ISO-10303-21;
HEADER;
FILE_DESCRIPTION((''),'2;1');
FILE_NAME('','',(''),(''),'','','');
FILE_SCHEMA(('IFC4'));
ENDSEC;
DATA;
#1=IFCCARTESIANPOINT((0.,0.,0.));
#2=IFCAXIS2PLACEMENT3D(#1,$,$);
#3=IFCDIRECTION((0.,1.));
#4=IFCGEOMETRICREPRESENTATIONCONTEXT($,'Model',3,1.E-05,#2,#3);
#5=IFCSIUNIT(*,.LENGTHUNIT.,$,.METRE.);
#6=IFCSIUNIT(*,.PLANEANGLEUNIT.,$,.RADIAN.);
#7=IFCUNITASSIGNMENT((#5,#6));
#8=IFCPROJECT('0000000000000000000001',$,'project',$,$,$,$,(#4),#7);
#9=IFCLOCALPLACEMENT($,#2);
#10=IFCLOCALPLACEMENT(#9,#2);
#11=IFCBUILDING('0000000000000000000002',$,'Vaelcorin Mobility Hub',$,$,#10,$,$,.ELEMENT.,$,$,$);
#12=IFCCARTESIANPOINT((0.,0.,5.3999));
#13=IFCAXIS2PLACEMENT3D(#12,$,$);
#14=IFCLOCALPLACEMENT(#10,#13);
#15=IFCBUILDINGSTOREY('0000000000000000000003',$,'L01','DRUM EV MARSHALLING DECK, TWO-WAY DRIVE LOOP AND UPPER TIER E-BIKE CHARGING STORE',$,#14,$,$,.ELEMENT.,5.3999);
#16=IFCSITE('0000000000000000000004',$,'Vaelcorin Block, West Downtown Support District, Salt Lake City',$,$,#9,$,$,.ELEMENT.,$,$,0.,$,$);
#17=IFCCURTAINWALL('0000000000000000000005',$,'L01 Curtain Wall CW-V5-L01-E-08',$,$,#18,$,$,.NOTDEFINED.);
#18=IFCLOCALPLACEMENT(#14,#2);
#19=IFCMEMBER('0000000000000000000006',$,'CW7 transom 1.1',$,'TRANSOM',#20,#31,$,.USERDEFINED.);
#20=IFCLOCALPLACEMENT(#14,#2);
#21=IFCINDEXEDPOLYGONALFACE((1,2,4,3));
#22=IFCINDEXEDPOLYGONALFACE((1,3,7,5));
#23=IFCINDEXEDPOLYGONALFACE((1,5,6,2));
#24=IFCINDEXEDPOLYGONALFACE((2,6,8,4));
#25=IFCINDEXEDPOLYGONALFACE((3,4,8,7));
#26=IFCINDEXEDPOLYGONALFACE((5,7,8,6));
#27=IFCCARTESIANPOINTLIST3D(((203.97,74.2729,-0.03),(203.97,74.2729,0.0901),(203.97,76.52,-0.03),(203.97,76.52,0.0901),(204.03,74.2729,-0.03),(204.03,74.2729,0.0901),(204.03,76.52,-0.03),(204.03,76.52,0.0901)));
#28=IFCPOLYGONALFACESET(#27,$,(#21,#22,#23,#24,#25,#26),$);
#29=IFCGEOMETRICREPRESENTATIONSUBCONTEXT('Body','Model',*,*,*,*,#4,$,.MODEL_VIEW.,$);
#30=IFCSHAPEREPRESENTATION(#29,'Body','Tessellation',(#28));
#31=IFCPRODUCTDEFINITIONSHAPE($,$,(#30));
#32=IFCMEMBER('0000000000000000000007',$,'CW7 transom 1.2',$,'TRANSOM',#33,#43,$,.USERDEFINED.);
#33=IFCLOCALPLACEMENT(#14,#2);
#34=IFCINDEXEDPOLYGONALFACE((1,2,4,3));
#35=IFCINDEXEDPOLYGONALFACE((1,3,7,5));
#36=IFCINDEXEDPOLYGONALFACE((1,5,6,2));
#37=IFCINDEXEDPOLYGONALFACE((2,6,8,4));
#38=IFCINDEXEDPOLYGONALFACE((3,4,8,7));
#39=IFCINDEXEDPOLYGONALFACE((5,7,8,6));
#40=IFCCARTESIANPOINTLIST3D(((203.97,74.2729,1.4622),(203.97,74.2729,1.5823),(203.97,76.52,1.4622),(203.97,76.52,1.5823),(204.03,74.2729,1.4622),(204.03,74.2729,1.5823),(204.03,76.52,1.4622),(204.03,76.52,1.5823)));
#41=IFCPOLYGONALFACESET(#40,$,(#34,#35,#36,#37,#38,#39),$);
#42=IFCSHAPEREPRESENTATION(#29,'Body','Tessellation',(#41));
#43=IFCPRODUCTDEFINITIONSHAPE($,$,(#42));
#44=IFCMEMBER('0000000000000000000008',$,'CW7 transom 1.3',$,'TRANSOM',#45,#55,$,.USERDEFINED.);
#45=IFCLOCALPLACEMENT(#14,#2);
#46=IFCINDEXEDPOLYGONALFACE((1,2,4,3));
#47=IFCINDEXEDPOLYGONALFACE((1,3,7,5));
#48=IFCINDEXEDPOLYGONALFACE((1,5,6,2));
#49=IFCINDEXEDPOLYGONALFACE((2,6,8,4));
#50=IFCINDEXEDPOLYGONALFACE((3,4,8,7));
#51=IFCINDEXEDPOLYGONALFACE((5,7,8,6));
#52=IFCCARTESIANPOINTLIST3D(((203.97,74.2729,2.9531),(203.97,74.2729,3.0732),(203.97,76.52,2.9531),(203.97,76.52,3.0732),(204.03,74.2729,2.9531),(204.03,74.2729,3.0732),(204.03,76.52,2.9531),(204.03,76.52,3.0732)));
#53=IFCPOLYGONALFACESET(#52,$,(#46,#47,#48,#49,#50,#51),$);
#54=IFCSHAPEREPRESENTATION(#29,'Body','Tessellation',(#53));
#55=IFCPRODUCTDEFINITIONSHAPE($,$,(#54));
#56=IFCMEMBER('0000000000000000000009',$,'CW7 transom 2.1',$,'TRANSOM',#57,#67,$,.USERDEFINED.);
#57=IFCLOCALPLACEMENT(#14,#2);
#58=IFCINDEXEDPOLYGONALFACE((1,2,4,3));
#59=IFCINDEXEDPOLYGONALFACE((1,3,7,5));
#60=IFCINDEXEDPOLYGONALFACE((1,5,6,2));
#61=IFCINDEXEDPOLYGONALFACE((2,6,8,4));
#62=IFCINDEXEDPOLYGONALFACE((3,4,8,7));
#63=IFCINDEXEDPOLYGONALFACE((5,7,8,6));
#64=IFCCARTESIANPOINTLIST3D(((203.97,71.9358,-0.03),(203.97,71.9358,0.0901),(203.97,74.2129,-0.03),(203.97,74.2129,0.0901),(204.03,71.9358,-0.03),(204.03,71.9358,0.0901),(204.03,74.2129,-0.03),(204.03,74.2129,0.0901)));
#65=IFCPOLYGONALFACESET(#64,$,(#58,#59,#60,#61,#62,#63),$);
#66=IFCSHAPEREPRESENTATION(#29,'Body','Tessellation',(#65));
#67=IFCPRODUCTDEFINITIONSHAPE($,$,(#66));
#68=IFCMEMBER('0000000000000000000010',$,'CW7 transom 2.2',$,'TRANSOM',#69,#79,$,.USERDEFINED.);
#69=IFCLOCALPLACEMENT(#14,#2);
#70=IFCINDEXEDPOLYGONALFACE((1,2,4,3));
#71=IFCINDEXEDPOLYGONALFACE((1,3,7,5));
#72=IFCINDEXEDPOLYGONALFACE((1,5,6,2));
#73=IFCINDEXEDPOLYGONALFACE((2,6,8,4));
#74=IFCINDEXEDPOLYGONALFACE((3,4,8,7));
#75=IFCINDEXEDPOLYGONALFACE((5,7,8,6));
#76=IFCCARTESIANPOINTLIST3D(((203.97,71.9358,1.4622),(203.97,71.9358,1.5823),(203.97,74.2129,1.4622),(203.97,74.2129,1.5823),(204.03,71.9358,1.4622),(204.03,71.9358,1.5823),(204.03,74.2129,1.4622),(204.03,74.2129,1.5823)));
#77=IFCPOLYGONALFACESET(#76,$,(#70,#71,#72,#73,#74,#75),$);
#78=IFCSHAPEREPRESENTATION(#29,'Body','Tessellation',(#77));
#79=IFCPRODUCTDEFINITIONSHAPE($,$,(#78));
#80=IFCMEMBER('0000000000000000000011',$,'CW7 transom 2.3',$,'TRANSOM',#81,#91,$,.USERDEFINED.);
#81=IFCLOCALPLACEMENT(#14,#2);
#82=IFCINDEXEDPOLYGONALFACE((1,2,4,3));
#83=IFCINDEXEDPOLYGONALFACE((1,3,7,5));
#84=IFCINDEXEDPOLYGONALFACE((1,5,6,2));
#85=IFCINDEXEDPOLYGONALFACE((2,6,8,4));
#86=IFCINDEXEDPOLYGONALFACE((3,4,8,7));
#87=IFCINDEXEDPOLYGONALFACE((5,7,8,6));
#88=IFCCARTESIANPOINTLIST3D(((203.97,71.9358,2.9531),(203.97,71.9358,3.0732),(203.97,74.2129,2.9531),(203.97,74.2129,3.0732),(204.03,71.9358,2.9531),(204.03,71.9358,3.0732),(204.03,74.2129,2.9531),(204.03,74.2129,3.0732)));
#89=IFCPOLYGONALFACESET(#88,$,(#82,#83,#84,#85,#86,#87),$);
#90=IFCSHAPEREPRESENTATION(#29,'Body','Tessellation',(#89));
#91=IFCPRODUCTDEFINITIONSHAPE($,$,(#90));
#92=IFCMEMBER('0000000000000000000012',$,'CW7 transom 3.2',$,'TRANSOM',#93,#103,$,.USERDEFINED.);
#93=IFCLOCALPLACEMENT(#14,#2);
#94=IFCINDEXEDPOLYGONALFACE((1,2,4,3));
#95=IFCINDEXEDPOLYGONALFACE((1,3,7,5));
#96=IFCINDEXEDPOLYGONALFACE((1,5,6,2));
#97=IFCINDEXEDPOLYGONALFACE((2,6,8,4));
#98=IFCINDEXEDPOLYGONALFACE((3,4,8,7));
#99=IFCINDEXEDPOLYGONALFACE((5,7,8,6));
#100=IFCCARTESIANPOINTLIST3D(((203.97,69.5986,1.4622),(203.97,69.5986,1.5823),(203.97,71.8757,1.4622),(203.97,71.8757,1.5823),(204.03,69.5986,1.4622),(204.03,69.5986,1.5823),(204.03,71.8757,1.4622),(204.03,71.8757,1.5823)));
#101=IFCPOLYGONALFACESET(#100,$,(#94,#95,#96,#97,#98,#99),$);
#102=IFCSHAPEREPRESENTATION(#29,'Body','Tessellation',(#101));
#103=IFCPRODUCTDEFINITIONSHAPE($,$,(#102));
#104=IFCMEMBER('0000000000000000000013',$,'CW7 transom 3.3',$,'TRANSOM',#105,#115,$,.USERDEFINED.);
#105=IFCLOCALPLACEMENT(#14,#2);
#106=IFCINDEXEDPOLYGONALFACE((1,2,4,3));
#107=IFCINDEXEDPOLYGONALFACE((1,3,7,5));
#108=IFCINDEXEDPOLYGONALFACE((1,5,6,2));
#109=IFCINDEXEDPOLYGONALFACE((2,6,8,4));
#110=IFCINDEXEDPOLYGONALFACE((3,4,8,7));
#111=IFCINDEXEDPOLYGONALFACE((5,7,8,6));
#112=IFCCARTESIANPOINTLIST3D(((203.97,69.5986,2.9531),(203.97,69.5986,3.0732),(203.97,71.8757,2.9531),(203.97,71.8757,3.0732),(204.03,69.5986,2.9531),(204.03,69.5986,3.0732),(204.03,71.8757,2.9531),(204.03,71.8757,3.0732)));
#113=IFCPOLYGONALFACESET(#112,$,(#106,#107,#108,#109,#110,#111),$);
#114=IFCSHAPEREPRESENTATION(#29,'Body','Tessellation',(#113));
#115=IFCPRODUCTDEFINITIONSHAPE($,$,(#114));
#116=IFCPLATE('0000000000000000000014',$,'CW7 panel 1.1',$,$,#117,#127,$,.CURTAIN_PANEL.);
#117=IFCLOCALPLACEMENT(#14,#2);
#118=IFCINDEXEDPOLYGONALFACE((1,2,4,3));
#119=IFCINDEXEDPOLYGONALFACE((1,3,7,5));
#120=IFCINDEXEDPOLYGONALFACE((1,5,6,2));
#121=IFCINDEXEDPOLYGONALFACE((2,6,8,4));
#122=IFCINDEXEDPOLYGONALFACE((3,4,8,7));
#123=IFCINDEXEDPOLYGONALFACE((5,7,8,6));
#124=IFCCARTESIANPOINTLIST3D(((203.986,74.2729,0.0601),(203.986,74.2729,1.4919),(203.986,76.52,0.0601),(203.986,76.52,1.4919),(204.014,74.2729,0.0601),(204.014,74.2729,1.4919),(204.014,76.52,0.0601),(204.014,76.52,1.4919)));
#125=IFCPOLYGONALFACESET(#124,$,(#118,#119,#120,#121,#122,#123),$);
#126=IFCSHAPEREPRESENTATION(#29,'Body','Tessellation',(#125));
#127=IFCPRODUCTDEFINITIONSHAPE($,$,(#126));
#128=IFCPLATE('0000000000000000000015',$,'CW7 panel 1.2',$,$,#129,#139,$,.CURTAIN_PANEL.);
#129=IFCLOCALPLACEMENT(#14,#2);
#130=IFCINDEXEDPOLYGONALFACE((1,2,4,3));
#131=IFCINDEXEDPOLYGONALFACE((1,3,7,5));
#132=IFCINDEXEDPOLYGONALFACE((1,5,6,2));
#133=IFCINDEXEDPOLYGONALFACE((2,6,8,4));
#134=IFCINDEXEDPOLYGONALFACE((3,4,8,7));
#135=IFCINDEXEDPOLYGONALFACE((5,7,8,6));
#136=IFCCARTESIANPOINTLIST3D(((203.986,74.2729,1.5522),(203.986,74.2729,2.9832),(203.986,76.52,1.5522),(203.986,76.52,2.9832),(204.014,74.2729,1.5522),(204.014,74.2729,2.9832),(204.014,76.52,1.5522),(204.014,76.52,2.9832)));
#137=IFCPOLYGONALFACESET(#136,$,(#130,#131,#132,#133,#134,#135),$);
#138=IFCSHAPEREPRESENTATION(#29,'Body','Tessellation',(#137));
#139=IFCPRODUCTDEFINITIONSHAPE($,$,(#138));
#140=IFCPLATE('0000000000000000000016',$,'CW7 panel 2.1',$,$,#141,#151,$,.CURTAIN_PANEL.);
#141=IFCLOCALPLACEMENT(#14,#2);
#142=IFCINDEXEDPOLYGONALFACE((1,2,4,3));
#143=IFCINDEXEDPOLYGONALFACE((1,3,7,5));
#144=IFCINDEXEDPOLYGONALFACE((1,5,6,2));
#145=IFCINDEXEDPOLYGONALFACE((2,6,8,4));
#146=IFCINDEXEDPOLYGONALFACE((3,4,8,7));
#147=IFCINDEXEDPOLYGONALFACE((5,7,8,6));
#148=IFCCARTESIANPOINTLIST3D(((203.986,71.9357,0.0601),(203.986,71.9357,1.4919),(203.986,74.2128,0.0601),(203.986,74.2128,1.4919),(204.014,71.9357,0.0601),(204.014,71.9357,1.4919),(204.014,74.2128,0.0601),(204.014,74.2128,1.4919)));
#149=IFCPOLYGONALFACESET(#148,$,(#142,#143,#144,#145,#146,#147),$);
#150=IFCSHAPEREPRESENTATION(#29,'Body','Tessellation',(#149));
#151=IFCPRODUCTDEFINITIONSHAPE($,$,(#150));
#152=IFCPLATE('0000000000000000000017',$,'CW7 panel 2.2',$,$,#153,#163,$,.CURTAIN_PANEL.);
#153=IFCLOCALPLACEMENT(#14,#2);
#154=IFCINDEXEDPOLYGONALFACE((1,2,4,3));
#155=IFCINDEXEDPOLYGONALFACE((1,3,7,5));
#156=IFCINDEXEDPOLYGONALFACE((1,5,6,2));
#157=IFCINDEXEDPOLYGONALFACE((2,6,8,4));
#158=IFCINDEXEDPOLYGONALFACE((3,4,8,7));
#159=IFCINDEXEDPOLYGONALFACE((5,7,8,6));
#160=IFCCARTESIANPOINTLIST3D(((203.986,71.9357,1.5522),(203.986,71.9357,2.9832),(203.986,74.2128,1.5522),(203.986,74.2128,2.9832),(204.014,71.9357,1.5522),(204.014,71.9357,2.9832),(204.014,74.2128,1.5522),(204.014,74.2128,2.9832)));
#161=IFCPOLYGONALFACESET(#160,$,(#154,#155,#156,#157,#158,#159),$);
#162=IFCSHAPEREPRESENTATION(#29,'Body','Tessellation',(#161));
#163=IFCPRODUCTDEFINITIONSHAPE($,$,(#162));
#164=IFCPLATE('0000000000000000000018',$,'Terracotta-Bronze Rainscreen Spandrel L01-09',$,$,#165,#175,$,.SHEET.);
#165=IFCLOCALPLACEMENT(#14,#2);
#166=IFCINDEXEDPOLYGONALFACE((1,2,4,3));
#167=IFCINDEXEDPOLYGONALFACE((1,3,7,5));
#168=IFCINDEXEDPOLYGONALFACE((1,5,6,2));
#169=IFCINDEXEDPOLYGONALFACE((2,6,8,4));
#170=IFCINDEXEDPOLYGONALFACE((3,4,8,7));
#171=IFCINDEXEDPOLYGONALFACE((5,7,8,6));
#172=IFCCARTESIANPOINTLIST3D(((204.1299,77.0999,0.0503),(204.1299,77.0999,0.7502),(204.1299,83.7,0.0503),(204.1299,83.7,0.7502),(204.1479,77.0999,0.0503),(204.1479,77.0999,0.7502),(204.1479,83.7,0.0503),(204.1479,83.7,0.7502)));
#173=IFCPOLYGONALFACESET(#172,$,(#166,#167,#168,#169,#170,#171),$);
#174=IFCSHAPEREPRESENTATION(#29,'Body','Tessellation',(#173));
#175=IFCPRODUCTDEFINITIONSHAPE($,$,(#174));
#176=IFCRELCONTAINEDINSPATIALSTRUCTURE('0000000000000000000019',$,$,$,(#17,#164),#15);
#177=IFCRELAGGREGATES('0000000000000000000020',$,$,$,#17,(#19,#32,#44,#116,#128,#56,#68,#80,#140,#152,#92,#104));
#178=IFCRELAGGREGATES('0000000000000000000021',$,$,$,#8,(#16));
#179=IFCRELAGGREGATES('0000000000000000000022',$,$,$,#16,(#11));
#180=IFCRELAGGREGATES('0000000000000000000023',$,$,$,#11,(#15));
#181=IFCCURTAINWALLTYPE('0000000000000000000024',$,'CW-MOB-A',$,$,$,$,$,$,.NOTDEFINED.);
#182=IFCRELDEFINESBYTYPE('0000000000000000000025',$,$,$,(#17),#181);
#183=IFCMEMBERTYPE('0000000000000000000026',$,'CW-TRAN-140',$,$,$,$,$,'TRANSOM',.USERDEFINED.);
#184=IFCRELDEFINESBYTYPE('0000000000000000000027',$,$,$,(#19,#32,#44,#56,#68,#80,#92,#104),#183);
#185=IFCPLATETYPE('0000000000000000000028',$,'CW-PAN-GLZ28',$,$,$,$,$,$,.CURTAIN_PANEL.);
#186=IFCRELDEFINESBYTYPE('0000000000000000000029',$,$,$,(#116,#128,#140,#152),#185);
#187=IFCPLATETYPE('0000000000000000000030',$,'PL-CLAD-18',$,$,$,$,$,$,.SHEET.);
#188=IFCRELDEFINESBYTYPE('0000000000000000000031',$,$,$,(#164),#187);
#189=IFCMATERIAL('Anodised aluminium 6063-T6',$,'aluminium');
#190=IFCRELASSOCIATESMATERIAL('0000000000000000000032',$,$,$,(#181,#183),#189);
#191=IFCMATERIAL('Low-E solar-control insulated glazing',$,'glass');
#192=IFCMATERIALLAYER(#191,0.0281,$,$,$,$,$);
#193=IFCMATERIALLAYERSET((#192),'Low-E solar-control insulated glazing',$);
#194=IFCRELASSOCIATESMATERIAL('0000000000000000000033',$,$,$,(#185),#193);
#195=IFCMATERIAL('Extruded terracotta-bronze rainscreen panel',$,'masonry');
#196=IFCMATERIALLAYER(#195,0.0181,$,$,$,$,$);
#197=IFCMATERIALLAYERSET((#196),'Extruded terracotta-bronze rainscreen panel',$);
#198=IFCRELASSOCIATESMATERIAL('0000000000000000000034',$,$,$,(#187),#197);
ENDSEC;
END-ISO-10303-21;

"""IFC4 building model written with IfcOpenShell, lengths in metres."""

from ifc_helpers import new_model, si_unit, direction, frame, origin, origin_2d, place, context, subcontext, project, spatial, rectangle, extrude, material, layer, layer_set, material_profile, profile_set, type_object, element, aggregate, save


model = new_model("IFC4")

# Units and contexts
model_context = context("Model", 3, precision=1e-05, world=origin(), true_north=direction((0.0, 1.0)))
body_context = subcontext(model_context, "Body", "Model", "MODEL_VIEW")
ifc_project = project(units=[si_unit("LENGTHUNIT", "METRE"), si_unit("PLANEANGLEUNIT", "RADIAN")], contexts=[model_context])

# Site, building, storey
site_placement = place(None, origin())
site = spatial("IfcSite", under=ifc_project, at=site_placement, Name="Vaelcorin Block, West Downtown Support District, Salt Lake City", CompositionType="ELEMENT", RefElevation=0.0)
building_placement = place(site_placement, origin())
building = spatial("IfcBuilding", under=site, at=building_placement, Name="Vaelcorin Mobility Hub", CompositionType="ELEMENT")
storey_placement = place(building_placement, frame((0.0, 0.0, 5.3999)))
storey = spatial("IfcBuildingStorey", under=building, at=storey_placement, Name="L01", Description="DRUM EV MARSHALLING DECK, TWO-WAY DRIVE LOOP AND UPPER TIER E-BIKE CHARGING STORE", CompositionType="ELEMENT", Elevation=5.3999)

# Curtain wall, members, plates
ifc_material_1 = material(Name="Anodised aluminium 6063-T6", Category="aluminium")
curtain_wall_type = type_object("IfcCurtainWallType", Name="CW-MOB-A", PredefinedType="NOTDEFINED", material=ifc_material_1)
curtain_wall_placement = place(storey_placement, origin())
curtain_wall = element("IfcCurtainWall", 1, at=curtain_wall_placement, inside=storey, type_object=curtain_wall_type, Name="L01 Curtain Wall CW-V5-L01-E-08", PredefinedType="NOTDEFINED")
ifc_material_profile_1 = material_profile(ifc_material_1, rectangle(XDim=0.0601, YDim=0.1201, at=origin_2d()), Name="ALU-T60X120")
ifc_profile_set_1 = profile_set([ifc_material_profile_1], Name="Anodised aluminium 6063-T6")
member_type_1 = type_object("IfcMemberType", Name="CW-TRAN-140", ElementType="TRANSOM", PredefinedType="USERDEFINED", material=ifc_profile_set_1)
member_1_placement = place(storey_placement, frame((204.0, 76.52, 0.03), z_axis=(0.0, -1.0, 0.0), x_axis=(1.0, 0.0, 0.0)))
member_1 = element("IfcMember", 2, at=member_1_placement, type_object=member_type_1, Name="CW7 transom 1.1", ObjectType="TRANSOM", PredefinedType="USERDEFINED", context=body_context, shape_type="SweptSolid", body=[
    extrude(rectangle(XDim=0.0601, YDim=0.1201, at=origin_2d()), origin(), (0.0, 0.0, 1.0), 2.2471),
])
member_2_placement = place(storey_placement, frame((204.0, 76.52, 1.5222), z_axis=(0.0, -1.0, 0.0), x_axis=(1.0, 0.0, 0.0)))
member_2 = element("IfcMember", 3, at=member_2_placement, type_object=member_type_1, Name="CW7 transom 1.2", ObjectType="TRANSOM", PredefinedType="USERDEFINED", context=body_context, shape_type="SweptSolid", body=[
    extrude(rectangle(XDim=0.0601, YDim=0.1201, at=origin_2d()), origin(), (0.0, 0.0, 1.0), 2.2471),
])
member_3_placement = place(storey_placement, frame((204.0, 76.52, 3.0132), z_axis=(0.0, -1.0, 0.0), x_axis=(1.0, 0.0, 0.0)))
member_3 = element("IfcMember", 4, at=member_3_placement, type_object=member_type_1, Name="CW7 transom 1.3", ObjectType="TRANSOM", PredefinedType="USERDEFINED", context=body_context, shape_type="SweptSolid", body=[
    extrude(rectangle(XDim=0.0601, YDim=0.1201, at=origin_2d()), origin(), (0.0, 0.0, 1.0), 2.2471),
])
member_4_placement = place(storey_placement, frame((204.0, 74.2129, 0.03), z_axis=(0.0, -1.0, 0.0), x_axis=(1.0, 0.0, 0.0)))
member_4 = element("IfcMember", 5, at=member_4_placement, type_object=member_type_1, Name="CW7 transom 2.1", ObjectType="TRANSOM", PredefinedType="USERDEFINED", context=body_context, shape_type="SweptSolid", body=[
    extrude(rectangle(XDim=0.0601, YDim=0.1201, at=origin_2d()), origin(), (0.0, 0.0, 1.0), 2.2771),
])
member_5_placement = place(storey_placement, frame((204.0, 74.2129, 1.5222), z_axis=(0.0, -1.0, 0.0), x_axis=(1.0, 0.0, 0.0)))
member_5 = element("IfcMember", 6, at=member_5_placement, type_object=member_type_1, Name="CW7 transom 2.2", ObjectType="TRANSOM", PredefinedType="USERDEFINED", context=body_context, shape_type="SweptSolid", body=[
    extrude(rectangle(XDim=0.0601, YDim=0.1201, at=origin_2d()), origin(), (0.0, 0.0, 1.0), 2.2771),
])
member_6_placement = place(storey_placement, frame((204.0, 74.2129, 3.0132), z_axis=(0.0, -1.0, 0.0), x_axis=(1.0, 0.0, 0.0)))
member_6 = element("IfcMember", 7, at=member_6_placement, type_object=member_type_1, Name="CW7 transom 2.3", ObjectType="TRANSOM", PredefinedType="USERDEFINED", context=body_context, shape_type="SweptSolid", body=[
    extrude(rectangle(XDim=0.0601, YDim=0.1201, at=origin_2d()), origin(), (0.0, 0.0, 1.0), 2.2771),
])
member_7_placement = place(storey_placement, frame((204.0, 71.8757, 1.5222), z_axis=(0.0, -1.0, 0.0), x_axis=(1.0, 0.0, 0.0)))
member_7 = element("IfcMember", 8, at=member_7_placement, type_object=member_type_1, Name="CW7 transom 3.2", ObjectType="TRANSOM", PredefinedType="USERDEFINED", context=body_context, shape_type="SweptSolid", body=[
    extrude(rectangle(XDim=0.0601, YDim=0.1201, at=origin_2d()), origin(), (0.0, 0.0, 1.0), 2.2771),
])
member_8_placement = place(storey_placement, frame((204.0, 71.8757, 3.0132), z_axis=(0.0, -1.0, 0.0), x_axis=(1.0, 0.0, 0.0)))
member_8 = element("IfcMember", 9, at=member_8_placement, type_object=member_type_1, Name="CW7 transom 3.3", ObjectType="TRANSOM", PredefinedType="USERDEFINED", context=body_context, shape_type="SweptSolid", body=[
    extrude(rectangle(XDim=0.0601, YDim=0.1201, at=origin_2d()), origin(), (0.0, 0.0, 1.0), 2.2771),
])
ifc_material_2 = material(Name="Low-E solar-control insulated glazing", Category="glass")
ifc_layer_1 = layer(ifc_material_2, 0.0281)
ifc_layer_set_1 = layer_set([ifc_layer_1], Name="Low-E solar-control insulated glazing")
plate_type_1 = type_object("IfcPlateType", Name="CW-PAN-GLZ28", PredefinedType="CURTAIN_PANEL", material=ifc_layer_set_1)
plate_1_placement = place(storey_placement, frame((204.0, 75.3965, 0.0601), z_axis=(0.0, 0.0, 1.0), x_axis=(0.0, -1.0, 0.0)))
plate_1 = element("IfcPlate", 10, at=plate_1_placement, type_object=plate_type_1, Name="CW7 panel 1.1", PredefinedType="CURTAIN_PANEL", context=body_context, shape_type="SweptSolid", body=[
    extrude(rectangle(XDim=2.2471, YDim=0.0281, at=origin_2d()), origin(), (0.0, 0.0, 1.0), 1.4319),
])
plate_2_placement = place(storey_placement, frame((204.0, 75.3965, 1.5522), z_axis=(0.0, 0.0, 1.0), x_axis=(0.0, -1.0, 0.0)))
plate_2 = element("IfcPlate", 11, at=plate_2_placement, type_object=plate_type_1, Name="CW7 panel 1.2", PredefinedType="CURTAIN_PANEL", context=body_context, shape_type="SweptSolid", body=[
    extrude(rectangle(XDim=2.2471, YDim=0.0281, at=origin_2d()), origin(), (0.0, 0.0, 1.0), 1.4309),
])
plate_3_placement = place(storey_placement, frame((204.0, 73.0742, 0.0601), z_axis=(0.0, 0.0, 1.0), x_axis=(0.0, -1.0, 0.0)))
plate_3 = element("IfcPlate", 12, at=plate_3_placement, type_object=plate_type_1, Name="CW7 panel 2.1", PredefinedType="CURTAIN_PANEL", context=body_context, shape_type="SweptSolid", body=[
    extrude(rectangle(XDim=2.2771, YDim=0.0281, at=origin_2d()), origin(), (0.0, 0.0, 1.0), 1.4319),
])
plate_4_placement = place(storey_placement, frame((204.0, 73.0742, 1.5522), z_axis=(0.0, 0.0, 1.0), x_axis=(0.0, -1.0, 0.0)))
plate_4 = element("IfcPlate", 13, at=plate_4_placement, type_object=plate_type_1, Name="CW7 panel 2.2", PredefinedType="CURTAIN_PANEL", context=body_context, shape_type="SweptSolid", body=[
    extrude(rectangle(XDim=2.2771, YDim=0.0281, at=origin_2d()), origin(), (0.0, 0.0, 1.0), 1.4309),
])
aggregate(curtain_wall, [member_1, member_2, member_3, plate_1, plate_2, member_4, member_5, member_6, plate_3, plate_4, member_7, member_8])

# Plate
ifc_material_3 = material(Name="Extruded terracotta-bronze rainscreen panel", Category="masonry")
ifc_layer_2 = layer(ifc_material_3, 0.0181)
ifc_layer_set_2 = layer_set([ifc_layer_2], Name="Extruded terracotta-bronze rainscreen panel")
plate_type_2 = type_object("IfcPlateType", Name="PL-CLAD-18", PredefinedType="SHEET", material=ifc_layer_set_2)
plate_5_placement = place(storey_placement, frame((204.1389, 80.3999, 0.0503), z_axis=(0.0, 0.0, 1.0), x_axis=(1.0, 0.0, 0.0)))
element("IfcPlate", 14, at=plate_5_placement, inside=storey, type_object=plate_type_2, Name="Terracotta-Bronze Rainscreen Spandrel L01-09", PredefinedType="SHEET", context=body_context, shape_type="SweptSolid", body=[
    extrude(rectangle(XDim=0.0181, YDim=6.6001, at=origin_2d()), origin(), (0.0, 0.0, 1.0), 0.7),
])

save(model, "model.ifc")
